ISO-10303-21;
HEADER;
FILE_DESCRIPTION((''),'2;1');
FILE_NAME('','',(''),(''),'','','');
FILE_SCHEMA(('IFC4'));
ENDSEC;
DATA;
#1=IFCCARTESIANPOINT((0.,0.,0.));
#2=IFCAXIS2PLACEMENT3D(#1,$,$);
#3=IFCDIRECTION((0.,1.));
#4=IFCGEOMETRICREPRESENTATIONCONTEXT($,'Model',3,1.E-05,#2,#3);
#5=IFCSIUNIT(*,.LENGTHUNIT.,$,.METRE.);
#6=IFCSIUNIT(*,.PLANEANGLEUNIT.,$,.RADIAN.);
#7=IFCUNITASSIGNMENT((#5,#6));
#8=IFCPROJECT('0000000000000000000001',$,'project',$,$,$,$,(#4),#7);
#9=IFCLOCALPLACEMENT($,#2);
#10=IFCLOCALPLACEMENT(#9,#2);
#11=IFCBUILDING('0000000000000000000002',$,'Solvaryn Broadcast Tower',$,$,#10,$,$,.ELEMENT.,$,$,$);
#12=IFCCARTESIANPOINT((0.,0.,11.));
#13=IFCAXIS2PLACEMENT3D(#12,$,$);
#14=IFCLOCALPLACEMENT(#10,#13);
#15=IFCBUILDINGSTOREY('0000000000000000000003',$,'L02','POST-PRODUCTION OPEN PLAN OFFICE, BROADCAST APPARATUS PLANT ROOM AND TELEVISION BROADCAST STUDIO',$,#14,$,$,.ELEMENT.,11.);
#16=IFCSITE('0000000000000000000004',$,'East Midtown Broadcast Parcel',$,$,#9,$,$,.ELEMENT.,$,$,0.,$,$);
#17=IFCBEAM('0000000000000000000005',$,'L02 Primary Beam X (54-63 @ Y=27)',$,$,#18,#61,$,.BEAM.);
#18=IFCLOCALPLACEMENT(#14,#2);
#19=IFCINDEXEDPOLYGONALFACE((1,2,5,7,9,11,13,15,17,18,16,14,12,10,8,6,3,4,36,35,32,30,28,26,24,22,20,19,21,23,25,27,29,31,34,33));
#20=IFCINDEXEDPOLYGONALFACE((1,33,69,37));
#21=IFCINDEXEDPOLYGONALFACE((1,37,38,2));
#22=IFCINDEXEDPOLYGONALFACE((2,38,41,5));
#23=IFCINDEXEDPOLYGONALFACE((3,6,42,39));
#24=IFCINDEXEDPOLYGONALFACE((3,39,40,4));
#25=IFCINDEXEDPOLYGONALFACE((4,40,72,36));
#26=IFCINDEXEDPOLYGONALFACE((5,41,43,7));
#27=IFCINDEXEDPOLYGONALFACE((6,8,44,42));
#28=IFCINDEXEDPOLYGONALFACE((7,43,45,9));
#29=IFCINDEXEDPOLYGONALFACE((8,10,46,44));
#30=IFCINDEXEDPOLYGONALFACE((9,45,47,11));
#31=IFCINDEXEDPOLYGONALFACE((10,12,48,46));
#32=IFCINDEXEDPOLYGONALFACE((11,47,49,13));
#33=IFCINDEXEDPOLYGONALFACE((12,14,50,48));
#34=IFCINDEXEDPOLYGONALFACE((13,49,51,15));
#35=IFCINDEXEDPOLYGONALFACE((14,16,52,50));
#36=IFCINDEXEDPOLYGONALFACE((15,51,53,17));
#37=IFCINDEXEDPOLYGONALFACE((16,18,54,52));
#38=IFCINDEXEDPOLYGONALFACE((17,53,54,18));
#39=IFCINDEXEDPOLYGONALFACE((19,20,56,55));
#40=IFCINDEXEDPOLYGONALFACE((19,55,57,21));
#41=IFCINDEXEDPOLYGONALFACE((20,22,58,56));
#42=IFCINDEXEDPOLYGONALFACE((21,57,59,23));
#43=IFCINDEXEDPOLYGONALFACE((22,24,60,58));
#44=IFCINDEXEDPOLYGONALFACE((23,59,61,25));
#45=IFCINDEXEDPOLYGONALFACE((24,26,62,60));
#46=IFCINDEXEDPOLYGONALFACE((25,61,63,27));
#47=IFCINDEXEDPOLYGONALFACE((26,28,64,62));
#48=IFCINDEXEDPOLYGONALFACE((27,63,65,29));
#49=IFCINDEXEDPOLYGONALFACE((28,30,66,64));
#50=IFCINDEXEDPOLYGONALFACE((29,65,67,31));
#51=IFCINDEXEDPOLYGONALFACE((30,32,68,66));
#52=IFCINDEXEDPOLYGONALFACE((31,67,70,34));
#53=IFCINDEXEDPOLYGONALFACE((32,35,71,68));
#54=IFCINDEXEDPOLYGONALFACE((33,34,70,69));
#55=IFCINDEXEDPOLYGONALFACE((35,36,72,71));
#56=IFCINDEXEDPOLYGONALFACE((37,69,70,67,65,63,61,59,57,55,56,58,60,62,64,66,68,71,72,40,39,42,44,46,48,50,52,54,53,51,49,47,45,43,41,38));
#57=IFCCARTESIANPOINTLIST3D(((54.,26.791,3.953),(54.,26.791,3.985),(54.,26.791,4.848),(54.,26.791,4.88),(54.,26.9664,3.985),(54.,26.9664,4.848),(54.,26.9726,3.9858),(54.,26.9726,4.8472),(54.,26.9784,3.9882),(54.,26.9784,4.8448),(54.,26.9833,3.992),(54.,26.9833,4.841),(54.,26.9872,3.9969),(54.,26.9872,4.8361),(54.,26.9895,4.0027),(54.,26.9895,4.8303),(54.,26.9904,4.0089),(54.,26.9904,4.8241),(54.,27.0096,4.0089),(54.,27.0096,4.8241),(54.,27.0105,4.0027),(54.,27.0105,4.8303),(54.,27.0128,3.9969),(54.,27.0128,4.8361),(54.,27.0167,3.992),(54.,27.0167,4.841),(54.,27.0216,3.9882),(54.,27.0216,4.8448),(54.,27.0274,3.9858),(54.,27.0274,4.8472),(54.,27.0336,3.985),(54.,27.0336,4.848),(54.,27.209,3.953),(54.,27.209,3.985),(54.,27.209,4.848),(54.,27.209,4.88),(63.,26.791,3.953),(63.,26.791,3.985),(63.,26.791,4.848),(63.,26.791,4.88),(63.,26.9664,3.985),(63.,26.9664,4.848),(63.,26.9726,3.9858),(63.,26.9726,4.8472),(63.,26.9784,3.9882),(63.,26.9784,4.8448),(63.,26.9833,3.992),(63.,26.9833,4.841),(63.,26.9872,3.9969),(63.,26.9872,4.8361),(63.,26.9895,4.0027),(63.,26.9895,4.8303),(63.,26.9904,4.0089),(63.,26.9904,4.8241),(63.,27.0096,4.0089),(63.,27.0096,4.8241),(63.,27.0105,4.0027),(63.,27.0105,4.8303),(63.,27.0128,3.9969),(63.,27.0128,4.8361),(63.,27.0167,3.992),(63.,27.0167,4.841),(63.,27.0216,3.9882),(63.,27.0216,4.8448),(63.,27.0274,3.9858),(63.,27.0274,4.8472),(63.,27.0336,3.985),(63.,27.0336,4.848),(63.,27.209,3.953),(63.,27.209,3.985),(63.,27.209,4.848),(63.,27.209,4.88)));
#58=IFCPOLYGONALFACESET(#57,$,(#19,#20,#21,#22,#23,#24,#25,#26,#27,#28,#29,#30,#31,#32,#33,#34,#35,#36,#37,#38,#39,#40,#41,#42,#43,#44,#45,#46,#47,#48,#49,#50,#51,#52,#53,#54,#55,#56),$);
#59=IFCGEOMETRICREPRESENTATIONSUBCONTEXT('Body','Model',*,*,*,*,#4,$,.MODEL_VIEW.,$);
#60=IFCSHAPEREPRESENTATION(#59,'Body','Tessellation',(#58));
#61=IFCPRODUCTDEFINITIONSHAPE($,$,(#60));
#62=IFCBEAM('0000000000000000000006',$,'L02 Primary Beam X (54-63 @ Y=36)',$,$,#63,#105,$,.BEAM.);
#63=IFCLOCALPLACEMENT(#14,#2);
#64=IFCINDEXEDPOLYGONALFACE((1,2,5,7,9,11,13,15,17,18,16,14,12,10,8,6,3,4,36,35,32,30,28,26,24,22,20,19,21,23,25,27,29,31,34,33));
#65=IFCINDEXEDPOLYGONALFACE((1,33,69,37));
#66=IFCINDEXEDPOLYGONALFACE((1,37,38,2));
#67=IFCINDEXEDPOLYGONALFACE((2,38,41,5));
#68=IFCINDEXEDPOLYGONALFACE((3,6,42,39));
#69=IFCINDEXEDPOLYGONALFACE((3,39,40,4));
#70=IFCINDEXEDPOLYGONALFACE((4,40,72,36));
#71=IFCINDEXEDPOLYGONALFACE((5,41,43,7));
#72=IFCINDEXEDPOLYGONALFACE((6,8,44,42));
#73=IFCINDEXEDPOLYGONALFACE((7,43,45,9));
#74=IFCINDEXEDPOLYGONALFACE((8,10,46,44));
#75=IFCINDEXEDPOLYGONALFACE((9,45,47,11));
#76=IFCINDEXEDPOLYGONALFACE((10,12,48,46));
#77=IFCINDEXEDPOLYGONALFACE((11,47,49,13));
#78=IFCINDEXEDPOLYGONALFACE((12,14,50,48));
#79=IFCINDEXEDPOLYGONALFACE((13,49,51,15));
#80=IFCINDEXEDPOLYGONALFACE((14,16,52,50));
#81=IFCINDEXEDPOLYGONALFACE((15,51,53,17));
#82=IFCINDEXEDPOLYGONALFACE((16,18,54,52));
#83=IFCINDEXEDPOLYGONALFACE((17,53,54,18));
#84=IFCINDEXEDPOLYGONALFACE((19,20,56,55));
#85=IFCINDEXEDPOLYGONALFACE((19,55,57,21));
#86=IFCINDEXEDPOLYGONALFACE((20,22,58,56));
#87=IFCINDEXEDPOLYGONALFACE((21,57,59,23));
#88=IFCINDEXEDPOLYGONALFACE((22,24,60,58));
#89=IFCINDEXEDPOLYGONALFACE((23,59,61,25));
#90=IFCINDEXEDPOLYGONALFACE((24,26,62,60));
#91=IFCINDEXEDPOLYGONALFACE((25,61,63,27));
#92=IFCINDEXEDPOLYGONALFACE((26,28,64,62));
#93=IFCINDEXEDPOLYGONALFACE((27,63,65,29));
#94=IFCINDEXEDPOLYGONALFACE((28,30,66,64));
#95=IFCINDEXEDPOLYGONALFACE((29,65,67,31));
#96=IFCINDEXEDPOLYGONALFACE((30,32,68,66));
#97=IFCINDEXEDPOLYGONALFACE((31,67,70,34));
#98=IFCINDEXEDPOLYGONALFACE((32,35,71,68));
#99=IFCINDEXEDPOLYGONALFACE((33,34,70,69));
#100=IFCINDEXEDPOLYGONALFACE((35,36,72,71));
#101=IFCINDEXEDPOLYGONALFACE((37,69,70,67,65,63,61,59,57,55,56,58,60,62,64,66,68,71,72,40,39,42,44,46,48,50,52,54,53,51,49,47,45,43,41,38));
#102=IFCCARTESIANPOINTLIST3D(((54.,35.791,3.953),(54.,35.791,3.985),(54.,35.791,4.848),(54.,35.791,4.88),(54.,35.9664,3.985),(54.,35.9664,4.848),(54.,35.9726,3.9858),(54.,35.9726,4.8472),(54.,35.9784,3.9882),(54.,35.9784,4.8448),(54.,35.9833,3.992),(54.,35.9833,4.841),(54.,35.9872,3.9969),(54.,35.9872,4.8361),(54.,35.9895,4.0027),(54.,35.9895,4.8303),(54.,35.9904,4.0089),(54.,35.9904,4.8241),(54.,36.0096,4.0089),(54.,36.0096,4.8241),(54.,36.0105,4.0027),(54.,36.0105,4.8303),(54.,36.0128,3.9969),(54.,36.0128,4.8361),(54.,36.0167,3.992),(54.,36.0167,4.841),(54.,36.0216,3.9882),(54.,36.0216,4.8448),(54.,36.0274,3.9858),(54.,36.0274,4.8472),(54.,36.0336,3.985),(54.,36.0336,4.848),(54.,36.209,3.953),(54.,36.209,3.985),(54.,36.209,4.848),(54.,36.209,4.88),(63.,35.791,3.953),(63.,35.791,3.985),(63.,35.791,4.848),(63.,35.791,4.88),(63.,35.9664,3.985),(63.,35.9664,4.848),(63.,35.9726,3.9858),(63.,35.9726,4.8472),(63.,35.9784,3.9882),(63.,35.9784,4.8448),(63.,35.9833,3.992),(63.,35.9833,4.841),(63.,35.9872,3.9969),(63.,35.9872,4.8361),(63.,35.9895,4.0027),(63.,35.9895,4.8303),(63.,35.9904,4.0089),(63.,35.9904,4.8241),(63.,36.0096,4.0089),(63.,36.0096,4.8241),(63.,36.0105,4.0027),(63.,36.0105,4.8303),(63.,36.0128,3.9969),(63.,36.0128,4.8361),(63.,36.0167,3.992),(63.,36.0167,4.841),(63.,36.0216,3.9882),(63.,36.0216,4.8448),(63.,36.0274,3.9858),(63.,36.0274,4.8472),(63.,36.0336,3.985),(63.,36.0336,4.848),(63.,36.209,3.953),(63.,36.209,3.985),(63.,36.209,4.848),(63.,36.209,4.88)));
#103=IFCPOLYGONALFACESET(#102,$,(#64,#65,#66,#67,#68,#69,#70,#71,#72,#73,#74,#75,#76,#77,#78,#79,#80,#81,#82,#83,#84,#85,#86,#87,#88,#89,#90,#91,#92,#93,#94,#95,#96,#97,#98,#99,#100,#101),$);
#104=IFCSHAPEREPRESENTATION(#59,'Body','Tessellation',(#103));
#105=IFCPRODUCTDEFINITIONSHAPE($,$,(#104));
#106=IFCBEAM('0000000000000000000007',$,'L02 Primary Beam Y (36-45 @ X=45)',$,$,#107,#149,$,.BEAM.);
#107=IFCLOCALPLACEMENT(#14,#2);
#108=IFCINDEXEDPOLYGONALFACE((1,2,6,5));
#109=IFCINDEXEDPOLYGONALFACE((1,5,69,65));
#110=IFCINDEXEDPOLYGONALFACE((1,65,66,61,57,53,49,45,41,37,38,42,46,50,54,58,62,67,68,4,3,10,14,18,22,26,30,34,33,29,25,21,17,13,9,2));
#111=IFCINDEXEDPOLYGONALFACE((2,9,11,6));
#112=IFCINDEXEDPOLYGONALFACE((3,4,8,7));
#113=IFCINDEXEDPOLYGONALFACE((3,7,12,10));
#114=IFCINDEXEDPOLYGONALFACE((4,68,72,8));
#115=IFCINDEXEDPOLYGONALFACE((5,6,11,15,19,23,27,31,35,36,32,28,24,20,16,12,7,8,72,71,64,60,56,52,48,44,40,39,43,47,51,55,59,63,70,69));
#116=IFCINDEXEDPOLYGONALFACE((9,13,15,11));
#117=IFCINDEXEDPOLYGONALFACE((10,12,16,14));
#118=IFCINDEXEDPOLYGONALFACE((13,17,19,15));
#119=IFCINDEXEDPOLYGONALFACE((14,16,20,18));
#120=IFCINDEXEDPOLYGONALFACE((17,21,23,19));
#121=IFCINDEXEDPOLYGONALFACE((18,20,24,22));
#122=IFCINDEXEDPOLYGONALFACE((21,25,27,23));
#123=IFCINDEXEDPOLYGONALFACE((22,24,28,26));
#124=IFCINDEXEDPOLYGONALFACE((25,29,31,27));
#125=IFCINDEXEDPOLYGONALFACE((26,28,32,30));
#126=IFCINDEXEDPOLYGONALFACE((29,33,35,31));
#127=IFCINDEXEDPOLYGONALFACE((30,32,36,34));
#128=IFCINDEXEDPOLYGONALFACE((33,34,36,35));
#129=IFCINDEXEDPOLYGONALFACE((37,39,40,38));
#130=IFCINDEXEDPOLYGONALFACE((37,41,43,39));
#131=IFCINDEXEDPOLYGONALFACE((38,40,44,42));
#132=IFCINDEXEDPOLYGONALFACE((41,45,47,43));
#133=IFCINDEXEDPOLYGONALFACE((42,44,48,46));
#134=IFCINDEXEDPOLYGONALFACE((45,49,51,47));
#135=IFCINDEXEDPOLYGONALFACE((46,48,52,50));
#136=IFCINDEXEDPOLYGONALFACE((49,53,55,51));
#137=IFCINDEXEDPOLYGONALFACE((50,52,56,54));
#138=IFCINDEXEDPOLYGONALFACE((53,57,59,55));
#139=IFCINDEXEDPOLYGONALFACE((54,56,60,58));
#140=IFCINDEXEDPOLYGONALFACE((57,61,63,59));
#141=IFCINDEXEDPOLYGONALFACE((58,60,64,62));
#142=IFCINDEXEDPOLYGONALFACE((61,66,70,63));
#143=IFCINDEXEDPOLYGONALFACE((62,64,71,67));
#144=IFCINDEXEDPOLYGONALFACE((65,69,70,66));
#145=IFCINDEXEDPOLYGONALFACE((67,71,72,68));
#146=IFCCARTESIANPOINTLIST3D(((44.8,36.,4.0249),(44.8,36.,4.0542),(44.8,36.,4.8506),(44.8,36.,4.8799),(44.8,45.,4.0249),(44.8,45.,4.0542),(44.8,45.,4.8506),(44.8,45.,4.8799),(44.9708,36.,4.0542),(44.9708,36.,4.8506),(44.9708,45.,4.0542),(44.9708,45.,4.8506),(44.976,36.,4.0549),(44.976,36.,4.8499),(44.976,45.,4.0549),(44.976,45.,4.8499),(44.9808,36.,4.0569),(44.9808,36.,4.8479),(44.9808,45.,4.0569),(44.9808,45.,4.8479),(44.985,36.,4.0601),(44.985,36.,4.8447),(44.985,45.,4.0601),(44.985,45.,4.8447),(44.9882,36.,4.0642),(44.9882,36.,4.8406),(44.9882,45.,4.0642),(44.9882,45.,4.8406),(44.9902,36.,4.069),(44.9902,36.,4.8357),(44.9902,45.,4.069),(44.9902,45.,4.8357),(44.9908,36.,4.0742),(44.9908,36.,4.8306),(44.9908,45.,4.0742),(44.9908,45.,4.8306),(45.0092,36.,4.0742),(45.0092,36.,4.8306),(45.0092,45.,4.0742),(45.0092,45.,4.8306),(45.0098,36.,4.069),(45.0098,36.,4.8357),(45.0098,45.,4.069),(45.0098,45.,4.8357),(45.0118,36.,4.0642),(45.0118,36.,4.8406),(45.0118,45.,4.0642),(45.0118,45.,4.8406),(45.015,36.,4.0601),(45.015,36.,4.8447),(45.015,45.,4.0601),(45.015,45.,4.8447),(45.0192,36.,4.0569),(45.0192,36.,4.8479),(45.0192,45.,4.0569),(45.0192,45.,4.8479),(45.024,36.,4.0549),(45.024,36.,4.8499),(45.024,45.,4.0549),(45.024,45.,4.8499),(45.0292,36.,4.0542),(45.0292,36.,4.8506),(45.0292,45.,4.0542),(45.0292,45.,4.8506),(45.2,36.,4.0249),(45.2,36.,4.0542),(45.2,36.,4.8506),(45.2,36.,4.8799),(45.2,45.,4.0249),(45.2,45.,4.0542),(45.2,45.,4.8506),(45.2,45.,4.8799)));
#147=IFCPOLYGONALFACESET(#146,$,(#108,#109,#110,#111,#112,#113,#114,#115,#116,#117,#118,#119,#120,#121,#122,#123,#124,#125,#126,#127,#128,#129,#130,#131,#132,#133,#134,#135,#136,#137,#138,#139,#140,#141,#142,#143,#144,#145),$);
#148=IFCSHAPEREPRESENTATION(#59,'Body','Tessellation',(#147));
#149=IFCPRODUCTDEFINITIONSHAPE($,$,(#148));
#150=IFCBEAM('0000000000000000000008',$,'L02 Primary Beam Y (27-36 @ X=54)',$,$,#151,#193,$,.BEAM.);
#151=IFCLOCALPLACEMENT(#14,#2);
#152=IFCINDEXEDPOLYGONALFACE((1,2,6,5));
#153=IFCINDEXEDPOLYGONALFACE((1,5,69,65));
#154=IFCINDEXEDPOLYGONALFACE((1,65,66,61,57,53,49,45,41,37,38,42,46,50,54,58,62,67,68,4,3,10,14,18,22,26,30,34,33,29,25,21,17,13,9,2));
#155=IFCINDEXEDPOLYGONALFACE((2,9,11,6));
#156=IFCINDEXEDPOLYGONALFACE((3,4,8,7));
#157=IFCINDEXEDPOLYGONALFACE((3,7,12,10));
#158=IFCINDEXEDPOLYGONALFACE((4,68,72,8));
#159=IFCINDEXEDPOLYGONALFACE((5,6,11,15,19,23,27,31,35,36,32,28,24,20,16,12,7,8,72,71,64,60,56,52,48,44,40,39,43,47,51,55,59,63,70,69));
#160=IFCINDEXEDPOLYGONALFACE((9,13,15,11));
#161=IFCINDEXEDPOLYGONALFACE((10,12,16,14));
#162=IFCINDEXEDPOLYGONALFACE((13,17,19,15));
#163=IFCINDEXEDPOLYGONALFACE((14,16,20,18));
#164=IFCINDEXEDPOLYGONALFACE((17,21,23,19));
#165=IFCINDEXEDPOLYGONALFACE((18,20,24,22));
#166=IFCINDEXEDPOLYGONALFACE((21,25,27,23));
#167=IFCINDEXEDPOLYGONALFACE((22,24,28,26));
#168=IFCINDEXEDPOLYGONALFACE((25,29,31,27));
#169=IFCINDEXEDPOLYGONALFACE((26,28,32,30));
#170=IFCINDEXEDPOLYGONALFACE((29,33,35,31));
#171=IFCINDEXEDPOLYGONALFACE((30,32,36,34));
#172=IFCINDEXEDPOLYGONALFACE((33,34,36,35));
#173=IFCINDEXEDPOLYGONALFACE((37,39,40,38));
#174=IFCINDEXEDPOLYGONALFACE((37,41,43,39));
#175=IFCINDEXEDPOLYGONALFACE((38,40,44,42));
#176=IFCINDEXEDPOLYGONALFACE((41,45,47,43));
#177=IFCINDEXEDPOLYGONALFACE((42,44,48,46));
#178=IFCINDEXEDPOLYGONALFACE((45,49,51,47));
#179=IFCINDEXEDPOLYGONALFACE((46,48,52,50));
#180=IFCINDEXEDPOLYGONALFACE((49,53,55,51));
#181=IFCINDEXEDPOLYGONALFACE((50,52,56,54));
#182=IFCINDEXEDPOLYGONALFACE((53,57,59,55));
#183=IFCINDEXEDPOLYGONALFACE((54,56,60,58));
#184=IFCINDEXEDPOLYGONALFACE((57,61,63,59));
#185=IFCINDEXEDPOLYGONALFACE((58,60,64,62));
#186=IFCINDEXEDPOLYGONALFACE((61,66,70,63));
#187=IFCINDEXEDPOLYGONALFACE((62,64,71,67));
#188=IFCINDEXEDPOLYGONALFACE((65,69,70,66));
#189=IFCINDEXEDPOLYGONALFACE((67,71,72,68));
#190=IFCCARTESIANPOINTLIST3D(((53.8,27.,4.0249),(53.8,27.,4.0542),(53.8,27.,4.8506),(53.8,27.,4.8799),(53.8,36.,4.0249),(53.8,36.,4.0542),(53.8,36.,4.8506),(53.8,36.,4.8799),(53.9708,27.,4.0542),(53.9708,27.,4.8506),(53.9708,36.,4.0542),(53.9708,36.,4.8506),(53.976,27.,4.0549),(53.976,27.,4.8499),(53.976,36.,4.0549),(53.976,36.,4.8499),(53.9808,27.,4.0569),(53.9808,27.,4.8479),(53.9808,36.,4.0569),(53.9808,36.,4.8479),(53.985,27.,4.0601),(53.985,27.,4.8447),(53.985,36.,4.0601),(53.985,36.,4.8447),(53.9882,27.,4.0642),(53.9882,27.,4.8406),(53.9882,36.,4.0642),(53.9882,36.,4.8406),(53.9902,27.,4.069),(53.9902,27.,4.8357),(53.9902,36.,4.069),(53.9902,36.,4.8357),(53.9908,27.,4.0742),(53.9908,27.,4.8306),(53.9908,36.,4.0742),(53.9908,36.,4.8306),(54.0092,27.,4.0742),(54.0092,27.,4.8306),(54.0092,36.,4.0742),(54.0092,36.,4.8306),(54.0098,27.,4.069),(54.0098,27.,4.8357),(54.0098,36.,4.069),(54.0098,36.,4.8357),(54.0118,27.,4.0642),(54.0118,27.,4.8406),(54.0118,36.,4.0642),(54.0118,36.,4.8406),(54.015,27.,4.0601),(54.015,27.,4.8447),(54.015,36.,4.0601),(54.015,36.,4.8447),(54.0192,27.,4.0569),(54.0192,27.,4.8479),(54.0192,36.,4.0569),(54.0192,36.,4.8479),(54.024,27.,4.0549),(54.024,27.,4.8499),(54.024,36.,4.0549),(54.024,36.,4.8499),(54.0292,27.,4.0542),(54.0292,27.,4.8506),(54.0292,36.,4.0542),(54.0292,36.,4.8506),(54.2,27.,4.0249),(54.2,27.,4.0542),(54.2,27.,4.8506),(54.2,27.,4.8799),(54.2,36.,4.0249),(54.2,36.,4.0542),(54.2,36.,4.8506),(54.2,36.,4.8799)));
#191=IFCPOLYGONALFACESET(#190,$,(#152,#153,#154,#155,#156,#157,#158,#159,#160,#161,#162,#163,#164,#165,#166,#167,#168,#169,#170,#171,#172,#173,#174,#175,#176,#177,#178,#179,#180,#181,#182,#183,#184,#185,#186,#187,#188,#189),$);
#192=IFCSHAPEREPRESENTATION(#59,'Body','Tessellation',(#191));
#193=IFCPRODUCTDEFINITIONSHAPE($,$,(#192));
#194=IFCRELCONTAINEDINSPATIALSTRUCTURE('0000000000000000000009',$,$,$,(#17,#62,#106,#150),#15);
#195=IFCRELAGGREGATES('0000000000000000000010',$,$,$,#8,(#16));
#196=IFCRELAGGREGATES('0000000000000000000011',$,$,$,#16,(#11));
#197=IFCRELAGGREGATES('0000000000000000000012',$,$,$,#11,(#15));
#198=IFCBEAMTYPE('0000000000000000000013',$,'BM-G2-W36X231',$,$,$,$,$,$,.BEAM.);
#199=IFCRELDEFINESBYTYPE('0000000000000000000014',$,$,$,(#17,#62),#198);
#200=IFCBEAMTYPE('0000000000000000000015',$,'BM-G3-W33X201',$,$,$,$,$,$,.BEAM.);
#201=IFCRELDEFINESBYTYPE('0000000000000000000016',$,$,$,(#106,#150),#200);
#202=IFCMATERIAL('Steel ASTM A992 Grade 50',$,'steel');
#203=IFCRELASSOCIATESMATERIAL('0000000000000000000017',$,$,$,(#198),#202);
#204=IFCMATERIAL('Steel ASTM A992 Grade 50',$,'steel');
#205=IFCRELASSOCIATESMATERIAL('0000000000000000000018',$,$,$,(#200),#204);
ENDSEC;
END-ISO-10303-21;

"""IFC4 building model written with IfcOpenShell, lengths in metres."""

from ifc_helpers import new_model, si_unit, direction, frame, origin, origin_2d, place, context, subcontext, project, spatial, i_section, extrude, material, material_profile, profile_set, type_object, element, save


model = new_model("IFC4")

# Units and contexts
model_context = context("Model", 3, precision=1e-05, world=origin(), true_north=direction((0.0, 1.0)))
body_context = subcontext(model_context, "Body", "Model", "MODEL_VIEW")
ifc_project = project(units=[si_unit("LENGTHUNIT", "METRE"), si_unit("PLANEANGLEUNIT", "RADIAN")], contexts=[model_context])

# Site, building, storey
site_placement = place(None, origin())
site = spatial("IfcSite", under=ifc_project, at=site_placement, Name="East Midtown Broadcast Parcel", CompositionType="ELEMENT", RefElevation=0.0)
building_placement = place(site_placement, origin())
building = spatial("IfcBuilding", under=site, at=building_placement, Name="Solvaryn Broadcast Tower", CompositionType="ELEMENT")
storey_placement = place(building_placement, frame((0.0, 0.0, 11.0)))
storey = spatial("IfcBuildingStorey", under=building, at=storey_placement, Name="L02", Description="POST-PRODUCTION OPEN PLAN OFFICE, BROADCAST APPARATUS PLANT ROOM AND TELEVISION BROADCAST STUDIO", CompositionType="ELEMENT", Elevation=11.0)

# Beams
ifc_material_1 = material(Name="Steel ASTM A992 Grade 50", Category="steel")
ifc_material_profile_1 = material_profile(ifc_material_1, i_section(OverallWidth=0.418, OverallDepth=0.927, WebThickness=0.0193, FlangeThickness=0.032, FilletRadius=0.0239, at=origin_2d()))
ifc_profile_set_1 = profile_set([ifc_material_profile_1], Name="Steel ASTM A992 Grade 50")
beam_type_1 = type_object("IfcBeamType", Name="BM-G2-W36X231", PredefinedType="BEAM", material=ifc_profile_set_1)
for number, where, z_axis, x_axis, name in (
    (1, (54.0, 27.0, 4.4165), (1.0, 0.0, 0.0), (0.0, 1.0, 0.0), "L02 Primary Beam X (54-63 @ Y=27)"),
    (2, (54.0, 36.0, 4.4165), (1.0, 0.0, 0.0), (0.0, 1.0, 0.0), "L02 Primary Beam X (54-63 @ Y=36)"),
):
    element("IfcBeam", number, at=place(storey_placement, frame(where, z_axis=z_axis, x_axis=x_axis)), inside=storey, type_object=beam_type_1, Name=name, PredefinedType="BEAM", context=body_context, shape_type="SweptSolid", body=[
        extrude(i_section(OverallWidth=0.418, OverallDepth=0.927, WebThickness=0.0193, FlangeThickness=0.032, FilletRadius=0.0239, at=origin_2d()), origin(), (0.0, 0.0, 1.0), 9.0),
    ])
ifc_material_2 = material(Name="Steel ASTM A992 Grade 50", Category="steel")
ifc_material_profile_2 = material_profile(ifc_material_2, i_section(OverallWidth=0.3999, OverallDepth=0.855, WebThickness=0.0183, FlangeThickness=0.0293, FilletRadius=0.02, at=origin_2d()))
ifc_profile_set_2 = profile_set([ifc_material_profile_2], Name="Steel ASTM A992 Grade 50")
beam_type_2 = type_object("IfcBeamType", Name="BM-G3-W33X201", PredefinedType="BEAM", material=ifc_profile_set_2)
for number, where, z_axis, x_axis, name in (
    (3, (45.0, 36.0, 4.4524), (0.0, 1.0, 0.0), (-1.0, 0.0, 0.0), "L02 Primary Beam Y (36-45 @ X=45)"),
    (4, (54.0, 27.0, 4.4524), (0.0, 1.0, 0.0), (-1.0, 0.0, 0.0), "L02 Primary Beam Y (27-36 @ X=54)"),
):
    element("IfcBeam", number, at=place(storey_placement, frame(where, z_axis=z_axis, x_axis=x_axis)), inside=storey, type_object=beam_type_2, Name=name, PredefinedType="BEAM", context=body_context, shape_type="SweptSolid", body=[
        extrude(i_section(OverallWidth=0.3999, OverallDepth=0.855, WebThickness=0.0183, FlangeThickness=0.0293, FilletRadius=0.02, at=origin_2d()), origin(), (0.0, 0.0, 1.0), 9.0),
    ])

save(model, "model.ifc")
